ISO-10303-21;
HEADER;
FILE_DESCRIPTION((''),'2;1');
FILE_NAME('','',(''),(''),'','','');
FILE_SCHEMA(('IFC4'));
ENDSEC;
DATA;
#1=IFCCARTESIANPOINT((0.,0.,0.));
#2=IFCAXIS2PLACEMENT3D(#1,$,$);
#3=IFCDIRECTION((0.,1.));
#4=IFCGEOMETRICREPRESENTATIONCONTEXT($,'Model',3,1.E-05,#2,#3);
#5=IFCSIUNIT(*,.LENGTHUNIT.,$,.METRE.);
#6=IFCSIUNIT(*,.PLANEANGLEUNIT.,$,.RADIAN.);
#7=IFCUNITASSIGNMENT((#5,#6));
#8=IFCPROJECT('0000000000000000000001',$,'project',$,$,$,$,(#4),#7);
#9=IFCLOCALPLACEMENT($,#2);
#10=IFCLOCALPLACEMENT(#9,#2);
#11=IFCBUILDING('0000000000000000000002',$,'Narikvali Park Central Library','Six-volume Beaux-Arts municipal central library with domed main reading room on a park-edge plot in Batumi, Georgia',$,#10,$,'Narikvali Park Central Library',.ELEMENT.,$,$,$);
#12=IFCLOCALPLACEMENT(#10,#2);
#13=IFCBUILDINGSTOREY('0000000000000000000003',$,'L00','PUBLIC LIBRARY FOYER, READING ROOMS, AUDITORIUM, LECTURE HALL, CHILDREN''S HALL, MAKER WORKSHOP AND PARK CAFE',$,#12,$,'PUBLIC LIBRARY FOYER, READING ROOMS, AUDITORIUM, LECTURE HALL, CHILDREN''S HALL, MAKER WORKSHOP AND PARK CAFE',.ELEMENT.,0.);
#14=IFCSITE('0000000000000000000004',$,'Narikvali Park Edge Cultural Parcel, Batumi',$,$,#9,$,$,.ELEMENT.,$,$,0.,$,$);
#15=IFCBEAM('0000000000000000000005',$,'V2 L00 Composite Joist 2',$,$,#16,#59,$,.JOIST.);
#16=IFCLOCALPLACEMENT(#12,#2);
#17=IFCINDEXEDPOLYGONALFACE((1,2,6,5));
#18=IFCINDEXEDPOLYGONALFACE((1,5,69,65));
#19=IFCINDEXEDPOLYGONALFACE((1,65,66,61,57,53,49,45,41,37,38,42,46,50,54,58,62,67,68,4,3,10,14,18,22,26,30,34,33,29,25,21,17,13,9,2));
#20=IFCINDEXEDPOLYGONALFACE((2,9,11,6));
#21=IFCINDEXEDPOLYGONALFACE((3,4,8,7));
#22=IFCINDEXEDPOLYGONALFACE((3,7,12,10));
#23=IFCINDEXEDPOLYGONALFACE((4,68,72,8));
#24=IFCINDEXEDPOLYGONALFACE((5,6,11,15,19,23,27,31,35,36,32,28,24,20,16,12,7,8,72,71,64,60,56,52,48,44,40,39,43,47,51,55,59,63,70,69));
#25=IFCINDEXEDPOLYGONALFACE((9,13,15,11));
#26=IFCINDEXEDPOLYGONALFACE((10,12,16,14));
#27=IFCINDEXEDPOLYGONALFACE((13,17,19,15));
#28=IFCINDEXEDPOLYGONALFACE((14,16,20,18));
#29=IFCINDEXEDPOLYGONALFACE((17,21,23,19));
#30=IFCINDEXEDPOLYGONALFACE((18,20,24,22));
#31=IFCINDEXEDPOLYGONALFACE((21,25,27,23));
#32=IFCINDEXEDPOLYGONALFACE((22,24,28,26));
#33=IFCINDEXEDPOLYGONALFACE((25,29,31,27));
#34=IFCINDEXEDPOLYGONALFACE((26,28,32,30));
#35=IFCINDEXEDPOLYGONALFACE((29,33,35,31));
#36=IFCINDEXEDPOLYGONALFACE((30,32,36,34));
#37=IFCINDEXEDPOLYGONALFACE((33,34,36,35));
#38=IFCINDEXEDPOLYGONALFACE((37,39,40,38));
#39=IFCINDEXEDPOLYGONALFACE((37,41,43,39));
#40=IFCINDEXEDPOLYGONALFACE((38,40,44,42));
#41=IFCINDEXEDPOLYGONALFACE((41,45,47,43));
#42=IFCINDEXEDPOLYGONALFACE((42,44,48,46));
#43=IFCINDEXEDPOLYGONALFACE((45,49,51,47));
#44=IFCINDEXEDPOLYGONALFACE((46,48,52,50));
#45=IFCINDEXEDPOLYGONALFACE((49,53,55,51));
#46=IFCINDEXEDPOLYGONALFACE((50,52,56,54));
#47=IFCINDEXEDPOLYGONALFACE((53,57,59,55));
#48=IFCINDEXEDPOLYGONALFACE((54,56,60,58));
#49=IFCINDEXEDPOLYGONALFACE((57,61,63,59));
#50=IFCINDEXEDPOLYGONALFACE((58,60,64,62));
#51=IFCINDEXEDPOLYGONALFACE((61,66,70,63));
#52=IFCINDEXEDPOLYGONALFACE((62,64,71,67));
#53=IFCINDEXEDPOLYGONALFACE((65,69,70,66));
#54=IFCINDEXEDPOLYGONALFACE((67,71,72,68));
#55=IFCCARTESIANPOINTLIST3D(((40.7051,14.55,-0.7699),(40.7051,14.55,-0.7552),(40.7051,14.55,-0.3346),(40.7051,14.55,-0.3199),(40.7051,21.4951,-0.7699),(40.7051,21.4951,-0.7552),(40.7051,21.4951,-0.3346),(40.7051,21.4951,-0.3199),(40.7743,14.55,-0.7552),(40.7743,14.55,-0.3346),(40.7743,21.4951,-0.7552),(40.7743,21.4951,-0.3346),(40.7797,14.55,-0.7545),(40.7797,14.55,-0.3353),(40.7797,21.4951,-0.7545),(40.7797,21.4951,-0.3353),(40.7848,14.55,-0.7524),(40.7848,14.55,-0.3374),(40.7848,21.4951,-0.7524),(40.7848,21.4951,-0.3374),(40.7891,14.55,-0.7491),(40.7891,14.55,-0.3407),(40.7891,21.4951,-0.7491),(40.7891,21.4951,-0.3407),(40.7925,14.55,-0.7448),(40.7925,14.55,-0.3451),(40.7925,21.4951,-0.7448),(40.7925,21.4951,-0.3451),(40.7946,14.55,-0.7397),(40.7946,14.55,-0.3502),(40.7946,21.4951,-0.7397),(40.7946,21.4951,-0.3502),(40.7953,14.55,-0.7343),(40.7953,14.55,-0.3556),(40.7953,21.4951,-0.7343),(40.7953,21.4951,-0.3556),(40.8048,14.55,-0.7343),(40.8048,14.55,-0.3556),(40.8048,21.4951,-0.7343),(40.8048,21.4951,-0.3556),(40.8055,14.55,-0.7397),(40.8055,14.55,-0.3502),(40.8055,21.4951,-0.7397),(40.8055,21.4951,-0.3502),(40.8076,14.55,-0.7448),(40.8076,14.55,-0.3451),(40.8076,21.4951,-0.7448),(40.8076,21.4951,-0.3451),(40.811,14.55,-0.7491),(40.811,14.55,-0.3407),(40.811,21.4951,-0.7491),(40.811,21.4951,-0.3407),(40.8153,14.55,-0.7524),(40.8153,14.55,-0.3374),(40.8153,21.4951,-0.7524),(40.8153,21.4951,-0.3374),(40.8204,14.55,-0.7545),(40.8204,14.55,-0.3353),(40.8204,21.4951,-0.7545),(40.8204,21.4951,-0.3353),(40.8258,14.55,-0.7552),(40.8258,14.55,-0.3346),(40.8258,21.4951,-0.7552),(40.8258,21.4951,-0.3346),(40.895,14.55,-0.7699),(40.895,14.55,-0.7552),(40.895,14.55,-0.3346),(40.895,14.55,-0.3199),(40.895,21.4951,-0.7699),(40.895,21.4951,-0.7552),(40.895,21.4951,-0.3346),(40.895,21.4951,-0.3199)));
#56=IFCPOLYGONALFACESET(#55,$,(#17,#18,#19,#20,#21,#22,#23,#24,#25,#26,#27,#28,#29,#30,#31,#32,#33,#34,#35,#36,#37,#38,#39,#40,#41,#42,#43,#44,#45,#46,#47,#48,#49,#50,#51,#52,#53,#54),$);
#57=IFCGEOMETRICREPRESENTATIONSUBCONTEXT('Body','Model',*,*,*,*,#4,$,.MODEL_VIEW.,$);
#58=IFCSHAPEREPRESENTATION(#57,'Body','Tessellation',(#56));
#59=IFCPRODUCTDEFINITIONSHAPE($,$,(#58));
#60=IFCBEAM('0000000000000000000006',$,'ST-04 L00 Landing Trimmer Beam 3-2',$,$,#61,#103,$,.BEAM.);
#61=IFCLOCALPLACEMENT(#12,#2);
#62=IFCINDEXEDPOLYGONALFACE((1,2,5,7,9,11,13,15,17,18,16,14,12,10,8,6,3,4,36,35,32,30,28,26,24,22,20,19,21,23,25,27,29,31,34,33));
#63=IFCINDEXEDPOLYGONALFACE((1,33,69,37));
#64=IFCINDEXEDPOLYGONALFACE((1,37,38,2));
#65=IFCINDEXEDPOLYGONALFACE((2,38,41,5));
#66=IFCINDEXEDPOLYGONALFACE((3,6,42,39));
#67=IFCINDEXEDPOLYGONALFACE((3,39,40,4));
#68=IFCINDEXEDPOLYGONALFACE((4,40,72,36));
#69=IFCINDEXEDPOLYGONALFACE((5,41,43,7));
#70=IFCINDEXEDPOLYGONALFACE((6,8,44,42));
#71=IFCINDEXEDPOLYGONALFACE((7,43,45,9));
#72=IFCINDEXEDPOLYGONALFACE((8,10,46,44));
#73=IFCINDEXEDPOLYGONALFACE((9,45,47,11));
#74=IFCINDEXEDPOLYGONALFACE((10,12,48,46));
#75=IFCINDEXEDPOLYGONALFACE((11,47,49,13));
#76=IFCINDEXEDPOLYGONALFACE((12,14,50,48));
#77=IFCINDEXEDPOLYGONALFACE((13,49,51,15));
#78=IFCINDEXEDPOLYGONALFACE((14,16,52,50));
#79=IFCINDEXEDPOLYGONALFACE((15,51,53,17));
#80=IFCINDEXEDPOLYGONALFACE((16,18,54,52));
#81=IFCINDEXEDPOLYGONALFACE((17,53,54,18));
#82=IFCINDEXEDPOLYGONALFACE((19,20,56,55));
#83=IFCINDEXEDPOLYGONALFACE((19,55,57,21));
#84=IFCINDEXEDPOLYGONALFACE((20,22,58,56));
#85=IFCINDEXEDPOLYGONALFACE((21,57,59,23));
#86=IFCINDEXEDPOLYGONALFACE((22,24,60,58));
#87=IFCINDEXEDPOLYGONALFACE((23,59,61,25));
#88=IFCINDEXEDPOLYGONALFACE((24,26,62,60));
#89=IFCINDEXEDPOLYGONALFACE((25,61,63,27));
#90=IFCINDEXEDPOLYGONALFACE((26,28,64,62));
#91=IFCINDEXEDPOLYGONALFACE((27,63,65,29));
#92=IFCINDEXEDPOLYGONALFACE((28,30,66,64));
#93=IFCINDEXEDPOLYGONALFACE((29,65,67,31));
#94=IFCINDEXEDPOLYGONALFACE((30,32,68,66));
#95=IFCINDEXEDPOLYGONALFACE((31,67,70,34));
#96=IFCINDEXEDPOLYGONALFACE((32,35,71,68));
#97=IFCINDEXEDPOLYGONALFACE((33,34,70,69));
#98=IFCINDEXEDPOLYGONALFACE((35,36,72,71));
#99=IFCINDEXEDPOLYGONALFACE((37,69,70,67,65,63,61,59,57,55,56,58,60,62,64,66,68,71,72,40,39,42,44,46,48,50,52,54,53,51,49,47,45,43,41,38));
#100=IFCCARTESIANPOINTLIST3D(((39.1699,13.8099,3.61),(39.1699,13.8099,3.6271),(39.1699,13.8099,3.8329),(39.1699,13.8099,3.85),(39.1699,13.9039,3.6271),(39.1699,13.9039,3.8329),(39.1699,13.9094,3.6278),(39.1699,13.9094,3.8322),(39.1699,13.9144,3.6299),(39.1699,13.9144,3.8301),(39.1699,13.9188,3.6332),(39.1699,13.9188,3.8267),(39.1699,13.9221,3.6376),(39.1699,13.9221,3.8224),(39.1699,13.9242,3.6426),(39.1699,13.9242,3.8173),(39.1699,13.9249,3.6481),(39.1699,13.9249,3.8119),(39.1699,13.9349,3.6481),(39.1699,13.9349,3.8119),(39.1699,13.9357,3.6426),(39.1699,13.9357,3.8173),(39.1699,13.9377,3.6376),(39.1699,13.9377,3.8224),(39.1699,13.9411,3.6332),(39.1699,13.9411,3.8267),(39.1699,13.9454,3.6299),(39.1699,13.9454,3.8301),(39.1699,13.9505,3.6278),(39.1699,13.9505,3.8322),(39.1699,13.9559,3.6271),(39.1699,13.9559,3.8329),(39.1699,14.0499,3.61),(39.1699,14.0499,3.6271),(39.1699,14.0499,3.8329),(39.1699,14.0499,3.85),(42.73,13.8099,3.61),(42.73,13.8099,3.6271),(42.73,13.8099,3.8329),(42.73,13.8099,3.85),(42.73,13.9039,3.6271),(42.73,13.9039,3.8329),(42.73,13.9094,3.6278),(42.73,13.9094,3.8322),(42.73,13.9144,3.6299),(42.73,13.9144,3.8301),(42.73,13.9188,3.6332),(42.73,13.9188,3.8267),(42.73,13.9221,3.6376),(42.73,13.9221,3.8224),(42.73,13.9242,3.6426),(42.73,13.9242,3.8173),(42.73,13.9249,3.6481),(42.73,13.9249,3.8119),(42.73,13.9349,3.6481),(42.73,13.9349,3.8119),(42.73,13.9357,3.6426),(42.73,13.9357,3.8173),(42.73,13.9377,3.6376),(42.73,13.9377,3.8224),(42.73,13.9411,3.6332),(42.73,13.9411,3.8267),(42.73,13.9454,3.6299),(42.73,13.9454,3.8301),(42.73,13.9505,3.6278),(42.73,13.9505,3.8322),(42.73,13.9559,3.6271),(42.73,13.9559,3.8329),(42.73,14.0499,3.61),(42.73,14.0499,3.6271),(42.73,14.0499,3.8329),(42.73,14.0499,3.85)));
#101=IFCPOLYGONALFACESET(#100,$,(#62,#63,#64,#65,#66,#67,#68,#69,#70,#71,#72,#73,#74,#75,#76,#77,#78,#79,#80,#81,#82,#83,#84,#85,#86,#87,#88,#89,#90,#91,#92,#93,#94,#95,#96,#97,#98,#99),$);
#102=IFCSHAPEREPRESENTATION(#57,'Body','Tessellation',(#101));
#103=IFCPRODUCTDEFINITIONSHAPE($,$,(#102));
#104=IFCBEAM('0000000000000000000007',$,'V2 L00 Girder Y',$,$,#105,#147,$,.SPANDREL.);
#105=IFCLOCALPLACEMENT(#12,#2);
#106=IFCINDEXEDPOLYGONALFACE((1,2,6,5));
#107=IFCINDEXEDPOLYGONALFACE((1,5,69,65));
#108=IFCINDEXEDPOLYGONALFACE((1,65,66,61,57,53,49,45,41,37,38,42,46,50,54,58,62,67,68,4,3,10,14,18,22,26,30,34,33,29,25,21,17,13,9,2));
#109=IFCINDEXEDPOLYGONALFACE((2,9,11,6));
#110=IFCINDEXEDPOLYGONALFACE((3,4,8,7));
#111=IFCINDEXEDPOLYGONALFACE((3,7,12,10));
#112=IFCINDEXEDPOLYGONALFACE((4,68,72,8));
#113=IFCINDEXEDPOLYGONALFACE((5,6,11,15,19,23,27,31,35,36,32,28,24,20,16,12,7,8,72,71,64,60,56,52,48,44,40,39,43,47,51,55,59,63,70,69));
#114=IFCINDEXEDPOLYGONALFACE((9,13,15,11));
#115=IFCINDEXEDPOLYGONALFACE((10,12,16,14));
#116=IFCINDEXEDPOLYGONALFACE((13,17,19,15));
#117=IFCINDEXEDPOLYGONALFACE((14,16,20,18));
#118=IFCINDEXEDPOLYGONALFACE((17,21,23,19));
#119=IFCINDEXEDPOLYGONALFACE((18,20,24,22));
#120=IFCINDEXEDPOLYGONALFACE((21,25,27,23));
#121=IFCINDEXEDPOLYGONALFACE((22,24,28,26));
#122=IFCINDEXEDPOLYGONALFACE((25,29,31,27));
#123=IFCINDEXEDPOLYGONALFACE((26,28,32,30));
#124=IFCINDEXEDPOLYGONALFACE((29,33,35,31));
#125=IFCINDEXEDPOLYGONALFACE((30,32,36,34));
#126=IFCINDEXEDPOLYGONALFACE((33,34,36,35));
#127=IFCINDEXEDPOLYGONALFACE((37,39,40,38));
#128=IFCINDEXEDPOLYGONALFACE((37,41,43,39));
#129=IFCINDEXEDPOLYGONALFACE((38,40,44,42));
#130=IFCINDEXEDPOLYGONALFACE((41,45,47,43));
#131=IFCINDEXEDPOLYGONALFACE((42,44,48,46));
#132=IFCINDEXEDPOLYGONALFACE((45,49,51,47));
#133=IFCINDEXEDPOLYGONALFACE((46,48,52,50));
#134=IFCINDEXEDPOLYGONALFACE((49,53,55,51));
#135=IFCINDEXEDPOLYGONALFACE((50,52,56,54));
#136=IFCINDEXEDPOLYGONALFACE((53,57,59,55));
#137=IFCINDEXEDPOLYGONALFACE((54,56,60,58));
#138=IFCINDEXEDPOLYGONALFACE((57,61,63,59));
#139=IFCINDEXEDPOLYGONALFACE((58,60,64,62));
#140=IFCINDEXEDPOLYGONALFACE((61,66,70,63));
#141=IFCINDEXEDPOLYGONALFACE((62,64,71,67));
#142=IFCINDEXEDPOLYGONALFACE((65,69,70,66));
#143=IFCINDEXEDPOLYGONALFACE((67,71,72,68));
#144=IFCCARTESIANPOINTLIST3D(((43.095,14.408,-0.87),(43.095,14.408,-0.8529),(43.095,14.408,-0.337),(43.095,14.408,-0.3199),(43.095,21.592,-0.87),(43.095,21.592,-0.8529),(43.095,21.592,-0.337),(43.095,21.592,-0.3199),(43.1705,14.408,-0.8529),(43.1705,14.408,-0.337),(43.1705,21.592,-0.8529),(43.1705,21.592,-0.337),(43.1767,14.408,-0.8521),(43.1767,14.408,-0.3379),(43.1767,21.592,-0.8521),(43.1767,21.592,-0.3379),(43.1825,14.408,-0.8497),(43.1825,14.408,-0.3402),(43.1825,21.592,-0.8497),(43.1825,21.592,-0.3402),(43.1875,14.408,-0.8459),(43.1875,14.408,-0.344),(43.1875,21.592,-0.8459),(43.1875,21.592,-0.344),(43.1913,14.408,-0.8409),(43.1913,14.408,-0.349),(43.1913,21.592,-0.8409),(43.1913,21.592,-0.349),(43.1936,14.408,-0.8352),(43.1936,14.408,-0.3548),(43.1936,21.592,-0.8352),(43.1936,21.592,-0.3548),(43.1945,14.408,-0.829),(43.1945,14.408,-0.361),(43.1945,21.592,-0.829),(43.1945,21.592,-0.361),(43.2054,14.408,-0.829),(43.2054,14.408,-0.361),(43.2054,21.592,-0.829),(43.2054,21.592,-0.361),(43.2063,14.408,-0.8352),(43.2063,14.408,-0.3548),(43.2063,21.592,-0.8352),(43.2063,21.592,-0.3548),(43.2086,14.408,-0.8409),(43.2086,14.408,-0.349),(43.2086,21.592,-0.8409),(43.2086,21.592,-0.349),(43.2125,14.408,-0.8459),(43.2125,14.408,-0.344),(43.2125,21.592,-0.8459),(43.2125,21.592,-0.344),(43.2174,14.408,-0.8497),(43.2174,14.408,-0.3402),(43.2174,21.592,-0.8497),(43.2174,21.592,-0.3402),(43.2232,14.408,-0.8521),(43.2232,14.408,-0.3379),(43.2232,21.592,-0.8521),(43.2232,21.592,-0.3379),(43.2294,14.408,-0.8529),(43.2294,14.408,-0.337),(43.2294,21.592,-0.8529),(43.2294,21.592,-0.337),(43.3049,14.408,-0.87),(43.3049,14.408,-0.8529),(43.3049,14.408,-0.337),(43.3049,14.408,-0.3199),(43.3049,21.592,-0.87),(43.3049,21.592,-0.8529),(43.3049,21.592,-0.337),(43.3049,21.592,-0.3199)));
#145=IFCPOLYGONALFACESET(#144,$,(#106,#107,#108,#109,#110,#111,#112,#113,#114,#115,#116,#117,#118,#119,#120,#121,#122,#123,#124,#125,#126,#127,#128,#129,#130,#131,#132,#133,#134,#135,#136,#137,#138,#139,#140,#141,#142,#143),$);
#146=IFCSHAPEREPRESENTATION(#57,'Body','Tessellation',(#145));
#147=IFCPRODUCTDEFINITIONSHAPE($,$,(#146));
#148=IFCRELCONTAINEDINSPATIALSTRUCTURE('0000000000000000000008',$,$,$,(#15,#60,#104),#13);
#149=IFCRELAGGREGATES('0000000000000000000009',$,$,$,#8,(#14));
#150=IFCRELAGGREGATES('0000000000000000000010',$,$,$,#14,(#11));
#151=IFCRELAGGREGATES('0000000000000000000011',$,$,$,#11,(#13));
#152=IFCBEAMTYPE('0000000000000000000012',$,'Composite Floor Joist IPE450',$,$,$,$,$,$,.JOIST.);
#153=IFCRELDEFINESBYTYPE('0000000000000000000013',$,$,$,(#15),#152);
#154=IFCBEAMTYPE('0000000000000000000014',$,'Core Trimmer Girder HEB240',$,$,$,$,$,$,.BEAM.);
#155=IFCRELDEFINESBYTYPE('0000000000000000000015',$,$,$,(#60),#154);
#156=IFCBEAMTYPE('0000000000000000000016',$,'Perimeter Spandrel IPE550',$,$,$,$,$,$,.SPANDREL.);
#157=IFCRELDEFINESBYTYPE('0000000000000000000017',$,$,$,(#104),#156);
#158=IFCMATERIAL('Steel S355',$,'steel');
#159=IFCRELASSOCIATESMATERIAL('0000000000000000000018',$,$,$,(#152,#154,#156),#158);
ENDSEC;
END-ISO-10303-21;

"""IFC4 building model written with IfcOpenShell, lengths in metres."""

from ifc_helpers import new_model, si_unit, direction, frame, origin, origin_2d, place, context, subcontext, project, spatial, i_section, extrude, material, material_profile, profile_set, type_object, element, save


model = new_model("IFC4")

# Units and contexts
model_context = context("Model", 3, precision=1e-05, world=origin(), true_north=direction((0.0, 1.0)))
body_context = subcontext(model_context, "Body", "Model", "MODEL_VIEW")
ifc_project = project(units=[si_unit("LENGTHUNIT", "METRE"), si_unit("PLANEANGLEUNIT", "RADIAN")], contexts=[model_context])

# Site, building, storey
site_placement = place(None, origin())
site = spatial("IfcSite", under=ifc_project, at=site_placement, Name="Narikvali Park Edge Cultural Parcel, Batumi", CompositionType="ELEMENT", RefElevation=0.0)
building_placement = place(site_placement, origin())
building = spatial("IfcBuilding", under=site, at=building_placement, Name="Narikvali Park Central Library", Description="Six-volume Beaux-Arts municipal central library with domed main reading room on a park-edge plot in Batumi, Georgia", LongName="Narikvali Park Central Library", CompositionType="ELEMENT")
storey_placement = place(building_placement, origin())
storey = spatial("IfcBuildingStorey", under=building, at=storey_placement, Name="L00", Description="PUBLIC LIBRARY FOYER, READING ROOMS, AUDITORIUM, LECTURE HALL, CHILDREN'S HALL, MAKER WORKSHOP AND PARK CAFE", LongName="PUBLIC LIBRARY FOYER, READING ROOMS, AUDITORIUM, LECTURE HALL, CHILDREN'S HALL, MAKER WORKSHOP AND PARK CAFE", CompositionType="ELEMENT", Elevation=0.0)

# Shared definitions
ifc_material_1 = material(Name="Steel S355", Category="steel")

# Beams
ifc_material_profile_1 = material_profile(ifc_material_1, i_section(OverallWidth=0.1899, OverallDepth=0.45, WebThickness=0.0095, FlangeThickness=0.0146, FilletRadius=0.021, at=origin_2d()), Name="IPE 450")
ifc_profile_set_1 = profile_set([ifc_material_profile_1], Name="Steel S355")
beam_type_1 = type_object("IfcBeamType", Name="Composite Floor Joist IPE450", PredefinedType="JOIST", material=ifc_profile_set_1)
for number, where, z_axis, x_axis, name in (
    (1, (40.8, 14.55, -0.5449), (0.0, 1.0, 0.0), (-1.0, 0.0, 0.0), "V2 L00 Composite Joist 2"),
):
    element("IfcBeam", number, at=place(storey_placement, frame(where, z_axis=z_axis, x_axis=x_axis)), inside=storey, type_object=beam_type_1, Name=name, PredefinedType="JOIST", context=body_context, shape_type="SweptSolid", body=[
        extrude(i_section(OverallWidth=0.1899, OverallDepth=0.45, WebThickness=0.0095, FlangeThickness=0.0146, FilletRadius=0.021, at=origin_2d()), origin(), (0.0, 0.0, 1.0), 6.9451),
    ])
ifc_material_profile_2 = material_profile(ifc_material_1, i_section(OverallWidth=0.24, OverallDepth=0.24, WebThickness=0.01, FlangeThickness=0.0171, FilletRadius=0.021, at=origin_2d()), Name="HEB 240")
ifc_profile_set_2 = profile_set([ifc_material_profile_2], Name="Steel S355")
beam_type_2 = type_object("IfcBeamType", Name="Core Trimmer Girder HEB240", PredefinedType="BEAM", material=ifc_profile_set_2)
beam_1_placement = place(storey_placement, frame((39.1699, 13.9299, 3.73), z_axis=(1.0, 0.0, 0.0), x_axis=(0.0, 1.0, 0.0)))
element("IfcBeam", 2, at=beam_1_placement, inside=storey, type_object=beam_type_2, Name="ST-04 L00 Landing Trimmer Beam 3-2", PredefinedType="BEAM", context=body_context, shape_type="SweptSolid", body=[
    extrude(i_section(OverallWidth=0.24, OverallDepth=0.24, WebThickness=0.01, FlangeThickness=0.0171, FilletRadius=0.021, at=origin_2d()), origin(), (0.0, 0.0, 1.0), 3.5601),
])
ifc_material_profile_3 = material_profile(ifc_material_1, i_section(OverallWidth=0.21, OverallDepth=0.55, WebThickness=0.011, FlangeThickness=0.0171, FilletRadius=0.0239, at=origin_2d()), Name="IPE 550")
ifc_profile_set_3 = profile_set([ifc_material_profile_3], Name="Steel S355")
beam_type_3 = type_object("IfcBeamType", Name="Perimeter Spandrel IPE550", PredefinedType="SPANDREL", material=ifc_profile_set_3)
beam_2_placement = place(storey_placement, frame((43.2, 14.408, -0.595), z_axis=(0.0, 1.0, 0.0), x_axis=(-1.0, 0.0, 0.0)))
element("IfcBeam", 3, at=beam_2_placement, inside=storey, type_object=beam_type_3, Name="V2 L00 Girder Y", PredefinedType="SPANDREL", context=body_context, shape_type="SweptSolid", body=[
    extrude(i_section(OverallWidth=0.21, OverallDepth=0.55, WebThickness=0.011, FlangeThickness=0.0171, FilletRadius=0.0239, at=origin_2d()), origin(), (0.0, 0.0, 1.0), 7.1841),
])

save(model, "model.ifc")
